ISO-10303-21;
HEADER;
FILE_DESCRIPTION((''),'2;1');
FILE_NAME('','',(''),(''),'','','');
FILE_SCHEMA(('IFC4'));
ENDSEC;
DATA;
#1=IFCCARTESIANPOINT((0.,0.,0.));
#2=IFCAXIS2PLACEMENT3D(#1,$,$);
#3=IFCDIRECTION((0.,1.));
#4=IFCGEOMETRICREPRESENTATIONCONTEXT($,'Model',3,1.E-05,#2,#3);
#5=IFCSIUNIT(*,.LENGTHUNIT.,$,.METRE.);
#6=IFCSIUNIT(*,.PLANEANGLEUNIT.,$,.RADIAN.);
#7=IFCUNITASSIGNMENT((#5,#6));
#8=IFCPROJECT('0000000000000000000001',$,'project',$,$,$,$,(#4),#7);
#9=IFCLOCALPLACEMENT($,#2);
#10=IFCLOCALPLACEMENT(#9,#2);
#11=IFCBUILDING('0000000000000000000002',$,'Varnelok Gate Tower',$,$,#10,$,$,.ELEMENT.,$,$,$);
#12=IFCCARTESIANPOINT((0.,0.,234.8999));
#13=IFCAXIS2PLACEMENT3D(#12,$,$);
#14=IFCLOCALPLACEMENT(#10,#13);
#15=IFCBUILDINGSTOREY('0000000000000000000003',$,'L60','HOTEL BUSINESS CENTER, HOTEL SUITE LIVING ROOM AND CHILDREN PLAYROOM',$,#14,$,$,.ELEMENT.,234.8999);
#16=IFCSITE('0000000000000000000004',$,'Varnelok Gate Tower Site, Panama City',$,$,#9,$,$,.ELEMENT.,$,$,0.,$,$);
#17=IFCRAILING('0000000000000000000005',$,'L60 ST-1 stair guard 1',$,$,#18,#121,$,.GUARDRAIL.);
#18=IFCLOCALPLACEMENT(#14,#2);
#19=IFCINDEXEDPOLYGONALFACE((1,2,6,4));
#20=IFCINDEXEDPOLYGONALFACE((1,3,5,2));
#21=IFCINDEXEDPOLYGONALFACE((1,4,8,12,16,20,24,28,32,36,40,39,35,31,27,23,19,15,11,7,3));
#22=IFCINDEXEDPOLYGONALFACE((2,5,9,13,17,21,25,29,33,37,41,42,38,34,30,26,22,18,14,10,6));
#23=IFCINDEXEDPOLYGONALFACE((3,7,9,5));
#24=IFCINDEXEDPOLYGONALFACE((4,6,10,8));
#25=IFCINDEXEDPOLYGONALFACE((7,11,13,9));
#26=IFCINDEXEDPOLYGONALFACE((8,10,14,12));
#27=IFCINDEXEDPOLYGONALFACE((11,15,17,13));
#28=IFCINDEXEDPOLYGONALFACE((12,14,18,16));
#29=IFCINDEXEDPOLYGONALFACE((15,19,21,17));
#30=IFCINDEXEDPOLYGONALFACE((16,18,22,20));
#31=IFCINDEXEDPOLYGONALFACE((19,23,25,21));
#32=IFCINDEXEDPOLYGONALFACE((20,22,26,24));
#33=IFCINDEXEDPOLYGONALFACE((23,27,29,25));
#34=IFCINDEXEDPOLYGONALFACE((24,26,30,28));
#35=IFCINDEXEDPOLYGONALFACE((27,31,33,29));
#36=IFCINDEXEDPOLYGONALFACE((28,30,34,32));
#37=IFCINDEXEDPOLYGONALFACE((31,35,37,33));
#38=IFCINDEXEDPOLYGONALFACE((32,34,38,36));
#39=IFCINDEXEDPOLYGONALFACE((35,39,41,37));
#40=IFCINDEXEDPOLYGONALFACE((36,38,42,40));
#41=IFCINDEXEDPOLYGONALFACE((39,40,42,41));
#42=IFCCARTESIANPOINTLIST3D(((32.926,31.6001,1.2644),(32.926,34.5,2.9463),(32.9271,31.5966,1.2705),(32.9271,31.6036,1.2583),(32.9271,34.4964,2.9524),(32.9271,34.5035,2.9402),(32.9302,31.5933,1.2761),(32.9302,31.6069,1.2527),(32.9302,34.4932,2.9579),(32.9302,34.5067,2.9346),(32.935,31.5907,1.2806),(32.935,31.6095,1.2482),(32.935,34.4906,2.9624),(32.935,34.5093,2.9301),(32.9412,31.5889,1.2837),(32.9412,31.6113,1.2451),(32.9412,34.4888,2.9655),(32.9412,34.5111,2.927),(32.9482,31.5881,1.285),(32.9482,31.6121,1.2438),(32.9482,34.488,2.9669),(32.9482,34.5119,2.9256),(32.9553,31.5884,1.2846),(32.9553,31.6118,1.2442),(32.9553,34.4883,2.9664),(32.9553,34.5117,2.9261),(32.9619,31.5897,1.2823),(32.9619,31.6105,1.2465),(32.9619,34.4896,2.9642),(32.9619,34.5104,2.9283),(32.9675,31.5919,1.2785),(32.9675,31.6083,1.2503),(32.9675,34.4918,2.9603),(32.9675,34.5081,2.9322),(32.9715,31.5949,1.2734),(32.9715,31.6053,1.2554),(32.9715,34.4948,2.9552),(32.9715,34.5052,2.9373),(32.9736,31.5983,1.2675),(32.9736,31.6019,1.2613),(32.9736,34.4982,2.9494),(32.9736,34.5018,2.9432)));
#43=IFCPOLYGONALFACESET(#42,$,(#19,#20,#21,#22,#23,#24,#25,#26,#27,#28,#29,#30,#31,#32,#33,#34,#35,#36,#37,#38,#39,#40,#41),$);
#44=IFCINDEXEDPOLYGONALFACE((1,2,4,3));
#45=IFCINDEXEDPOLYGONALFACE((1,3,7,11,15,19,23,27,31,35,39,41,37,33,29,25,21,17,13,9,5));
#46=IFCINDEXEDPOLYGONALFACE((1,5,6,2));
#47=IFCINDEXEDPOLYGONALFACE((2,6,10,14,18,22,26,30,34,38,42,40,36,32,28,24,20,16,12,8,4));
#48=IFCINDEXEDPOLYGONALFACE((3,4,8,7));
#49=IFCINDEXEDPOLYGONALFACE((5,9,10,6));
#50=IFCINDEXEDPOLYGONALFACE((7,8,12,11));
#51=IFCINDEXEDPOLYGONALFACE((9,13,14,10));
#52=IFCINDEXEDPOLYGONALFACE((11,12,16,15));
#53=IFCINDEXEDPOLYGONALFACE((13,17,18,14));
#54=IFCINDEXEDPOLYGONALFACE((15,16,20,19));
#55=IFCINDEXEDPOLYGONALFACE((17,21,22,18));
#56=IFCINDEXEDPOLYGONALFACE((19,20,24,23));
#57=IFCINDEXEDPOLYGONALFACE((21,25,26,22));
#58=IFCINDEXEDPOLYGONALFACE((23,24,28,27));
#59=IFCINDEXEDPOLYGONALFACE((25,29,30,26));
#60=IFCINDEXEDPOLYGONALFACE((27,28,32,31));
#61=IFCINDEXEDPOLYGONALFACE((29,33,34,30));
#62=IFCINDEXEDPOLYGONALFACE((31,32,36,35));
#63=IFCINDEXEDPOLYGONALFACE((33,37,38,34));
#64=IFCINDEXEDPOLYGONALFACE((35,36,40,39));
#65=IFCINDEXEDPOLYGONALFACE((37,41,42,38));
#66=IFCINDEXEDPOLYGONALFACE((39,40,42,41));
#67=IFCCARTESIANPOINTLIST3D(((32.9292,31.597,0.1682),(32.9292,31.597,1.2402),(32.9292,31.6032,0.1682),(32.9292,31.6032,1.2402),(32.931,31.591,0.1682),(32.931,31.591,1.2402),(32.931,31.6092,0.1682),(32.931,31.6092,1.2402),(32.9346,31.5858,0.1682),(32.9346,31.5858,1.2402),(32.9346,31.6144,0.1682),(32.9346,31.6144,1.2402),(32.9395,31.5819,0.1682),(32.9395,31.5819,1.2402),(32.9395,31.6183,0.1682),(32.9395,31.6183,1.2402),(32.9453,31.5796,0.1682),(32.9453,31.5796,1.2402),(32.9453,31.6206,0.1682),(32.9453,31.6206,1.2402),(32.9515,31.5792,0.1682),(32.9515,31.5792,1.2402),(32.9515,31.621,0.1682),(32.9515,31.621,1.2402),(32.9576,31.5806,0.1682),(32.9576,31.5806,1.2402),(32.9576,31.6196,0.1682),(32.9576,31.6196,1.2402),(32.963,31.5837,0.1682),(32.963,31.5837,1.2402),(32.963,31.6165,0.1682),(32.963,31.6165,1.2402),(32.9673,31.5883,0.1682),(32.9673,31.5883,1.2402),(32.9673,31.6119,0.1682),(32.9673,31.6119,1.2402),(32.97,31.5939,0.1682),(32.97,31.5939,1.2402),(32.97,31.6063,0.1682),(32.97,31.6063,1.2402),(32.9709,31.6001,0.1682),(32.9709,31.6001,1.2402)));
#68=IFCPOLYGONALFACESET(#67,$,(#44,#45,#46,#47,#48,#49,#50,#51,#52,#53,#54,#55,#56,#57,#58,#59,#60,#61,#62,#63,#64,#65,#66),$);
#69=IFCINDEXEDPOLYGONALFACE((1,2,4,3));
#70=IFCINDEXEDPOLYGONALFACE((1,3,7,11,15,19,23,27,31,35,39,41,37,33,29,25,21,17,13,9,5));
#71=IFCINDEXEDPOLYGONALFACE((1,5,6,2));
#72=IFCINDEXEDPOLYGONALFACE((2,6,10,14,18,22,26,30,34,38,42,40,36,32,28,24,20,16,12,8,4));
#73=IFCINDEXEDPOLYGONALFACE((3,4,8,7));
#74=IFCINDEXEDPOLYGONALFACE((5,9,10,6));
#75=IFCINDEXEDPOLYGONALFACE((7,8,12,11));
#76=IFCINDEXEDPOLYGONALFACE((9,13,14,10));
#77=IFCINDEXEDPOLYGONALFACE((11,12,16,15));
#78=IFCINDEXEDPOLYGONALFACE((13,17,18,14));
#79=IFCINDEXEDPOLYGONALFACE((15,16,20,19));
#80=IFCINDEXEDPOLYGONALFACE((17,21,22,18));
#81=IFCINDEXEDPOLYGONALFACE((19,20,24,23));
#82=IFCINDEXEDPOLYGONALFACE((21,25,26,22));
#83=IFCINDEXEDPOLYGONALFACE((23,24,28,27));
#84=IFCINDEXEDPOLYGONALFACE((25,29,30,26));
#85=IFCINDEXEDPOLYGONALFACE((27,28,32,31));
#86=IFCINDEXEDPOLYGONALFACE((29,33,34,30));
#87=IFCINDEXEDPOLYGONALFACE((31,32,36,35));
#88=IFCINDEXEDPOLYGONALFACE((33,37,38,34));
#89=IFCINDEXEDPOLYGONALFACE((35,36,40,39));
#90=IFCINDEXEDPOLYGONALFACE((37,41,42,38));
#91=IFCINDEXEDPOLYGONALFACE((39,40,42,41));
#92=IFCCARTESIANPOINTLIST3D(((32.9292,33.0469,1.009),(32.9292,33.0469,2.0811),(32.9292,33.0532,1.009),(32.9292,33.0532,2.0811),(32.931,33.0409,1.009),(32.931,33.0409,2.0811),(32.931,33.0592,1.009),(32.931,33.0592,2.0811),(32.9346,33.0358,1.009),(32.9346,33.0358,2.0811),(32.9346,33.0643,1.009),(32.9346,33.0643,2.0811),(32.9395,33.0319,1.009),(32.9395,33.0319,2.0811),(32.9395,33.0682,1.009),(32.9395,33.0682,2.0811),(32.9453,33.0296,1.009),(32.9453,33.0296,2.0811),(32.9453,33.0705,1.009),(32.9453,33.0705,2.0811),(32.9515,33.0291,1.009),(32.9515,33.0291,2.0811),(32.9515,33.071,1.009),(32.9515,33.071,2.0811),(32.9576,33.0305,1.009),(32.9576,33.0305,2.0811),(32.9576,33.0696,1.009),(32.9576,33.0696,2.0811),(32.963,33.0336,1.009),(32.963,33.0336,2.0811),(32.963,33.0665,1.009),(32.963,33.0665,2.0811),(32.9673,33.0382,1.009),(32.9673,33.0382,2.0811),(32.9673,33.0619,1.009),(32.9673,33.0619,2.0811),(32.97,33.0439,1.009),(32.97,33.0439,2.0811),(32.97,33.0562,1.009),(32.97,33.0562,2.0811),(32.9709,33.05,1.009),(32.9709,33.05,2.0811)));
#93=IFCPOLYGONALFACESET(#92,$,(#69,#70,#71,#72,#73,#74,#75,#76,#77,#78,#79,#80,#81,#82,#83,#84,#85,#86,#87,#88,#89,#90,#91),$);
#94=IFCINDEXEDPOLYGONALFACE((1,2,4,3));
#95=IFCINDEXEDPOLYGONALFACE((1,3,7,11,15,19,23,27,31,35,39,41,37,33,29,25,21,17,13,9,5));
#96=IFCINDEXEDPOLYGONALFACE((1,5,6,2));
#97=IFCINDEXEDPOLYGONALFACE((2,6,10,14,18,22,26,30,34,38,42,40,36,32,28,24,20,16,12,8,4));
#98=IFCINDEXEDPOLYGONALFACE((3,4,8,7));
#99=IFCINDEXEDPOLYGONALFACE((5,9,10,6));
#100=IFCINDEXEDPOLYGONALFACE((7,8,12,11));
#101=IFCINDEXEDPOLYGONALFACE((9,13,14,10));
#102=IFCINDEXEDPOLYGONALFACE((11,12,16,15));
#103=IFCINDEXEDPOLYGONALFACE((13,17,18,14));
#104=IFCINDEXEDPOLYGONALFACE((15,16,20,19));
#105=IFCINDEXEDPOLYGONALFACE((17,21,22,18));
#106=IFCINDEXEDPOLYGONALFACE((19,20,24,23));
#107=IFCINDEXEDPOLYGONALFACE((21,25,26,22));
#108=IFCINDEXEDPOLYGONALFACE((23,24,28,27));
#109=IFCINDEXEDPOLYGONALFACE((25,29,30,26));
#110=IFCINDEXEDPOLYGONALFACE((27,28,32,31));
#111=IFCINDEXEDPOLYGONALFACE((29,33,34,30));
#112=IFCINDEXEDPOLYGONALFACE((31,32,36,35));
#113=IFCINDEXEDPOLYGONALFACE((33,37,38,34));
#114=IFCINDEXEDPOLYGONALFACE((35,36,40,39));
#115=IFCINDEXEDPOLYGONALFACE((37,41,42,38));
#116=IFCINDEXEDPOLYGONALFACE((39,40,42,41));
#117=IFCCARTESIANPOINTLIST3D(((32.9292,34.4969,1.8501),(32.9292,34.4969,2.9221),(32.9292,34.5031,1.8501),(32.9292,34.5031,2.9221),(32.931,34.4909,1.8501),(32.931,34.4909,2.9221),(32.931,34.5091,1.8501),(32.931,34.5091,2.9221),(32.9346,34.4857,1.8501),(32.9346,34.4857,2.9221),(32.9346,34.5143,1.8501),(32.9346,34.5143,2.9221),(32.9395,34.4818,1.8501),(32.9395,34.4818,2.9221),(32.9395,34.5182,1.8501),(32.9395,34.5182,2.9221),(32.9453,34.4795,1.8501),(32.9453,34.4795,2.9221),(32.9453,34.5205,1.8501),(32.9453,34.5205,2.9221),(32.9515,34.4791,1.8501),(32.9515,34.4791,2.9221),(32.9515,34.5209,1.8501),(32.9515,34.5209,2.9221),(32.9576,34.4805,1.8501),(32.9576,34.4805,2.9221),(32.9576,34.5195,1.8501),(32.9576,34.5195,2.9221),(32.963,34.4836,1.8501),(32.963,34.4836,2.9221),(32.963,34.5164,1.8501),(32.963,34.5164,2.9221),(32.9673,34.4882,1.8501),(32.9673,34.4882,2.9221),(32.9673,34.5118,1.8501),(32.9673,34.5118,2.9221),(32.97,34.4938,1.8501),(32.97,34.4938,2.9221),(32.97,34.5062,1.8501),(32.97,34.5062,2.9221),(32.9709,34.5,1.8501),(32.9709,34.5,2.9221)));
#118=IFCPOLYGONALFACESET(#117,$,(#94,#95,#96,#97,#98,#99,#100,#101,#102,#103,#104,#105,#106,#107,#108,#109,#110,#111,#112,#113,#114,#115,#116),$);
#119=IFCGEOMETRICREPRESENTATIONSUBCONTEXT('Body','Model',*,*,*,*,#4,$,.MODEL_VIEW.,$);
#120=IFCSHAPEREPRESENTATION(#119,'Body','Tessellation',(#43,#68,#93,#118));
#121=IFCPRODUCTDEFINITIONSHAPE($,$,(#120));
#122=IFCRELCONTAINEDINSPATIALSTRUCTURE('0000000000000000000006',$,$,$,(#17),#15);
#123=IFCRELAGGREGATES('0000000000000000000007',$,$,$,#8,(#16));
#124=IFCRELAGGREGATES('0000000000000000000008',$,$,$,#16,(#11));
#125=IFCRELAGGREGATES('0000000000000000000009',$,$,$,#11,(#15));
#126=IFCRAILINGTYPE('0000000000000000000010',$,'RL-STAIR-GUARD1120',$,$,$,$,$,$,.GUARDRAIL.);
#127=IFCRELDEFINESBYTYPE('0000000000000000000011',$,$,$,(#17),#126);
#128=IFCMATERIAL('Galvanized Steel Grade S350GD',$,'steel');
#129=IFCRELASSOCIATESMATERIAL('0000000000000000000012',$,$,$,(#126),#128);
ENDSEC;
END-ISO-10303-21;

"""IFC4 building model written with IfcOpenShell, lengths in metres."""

from ifc_helpers import new_model, si_unit, direction, frame, origin, origin_2d, place, context, subcontext, project, spatial, circle, extrude, material, type_object, element, save


model = new_model("IFC4")

# Units and contexts
model_context = context("Model", 3, precision=1e-05, world=origin(), true_north=direction((0.0, 1.0)))
body_context = subcontext(model_context, "Body", "Model", "MODEL_VIEW")
ifc_project = project(units=[si_unit("LENGTHUNIT", "METRE"), si_unit("PLANEANGLEUNIT", "RADIAN")], contexts=[model_context])

# Site, building, storey
site_placement = place(None, origin())
site = spatial("IfcSite", under=ifc_project, at=site_placement, Name="Varnelok Gate Tower Site, Panama City", CompositionType="ELEMENT", RefElevation=0.0)
building_placement = place(site_placement, origin())
building = spatial("IfcBuilding", under=site, at=building_placement, Name="Varnelok Gate Tower", CompositionType="ELEMENT")
storey_placement = place(building_placement, frame((0.0, 0.0, 234.8999)))
storey = spatial("IfcBuildingStorey", under=building, at=storey_placement, Name="L60", Description="HOTEL BUSINESS CENTER, HOTEL SUITE LIVING ROOM AND CHILDREN PLAYROOM", CompositionType="ELEMENT", Elevation=234.8999)

# Shared definitions
ifc_material_1 = material(Name="Galvanized Steel Grade S350GD", Category="steel")

# Railing
railing_type_1 = type_object("IfcRailingType", Name="RL-STAIR-GUARD1120", PredefinedType="GUARDRAIL", material=ifc_material_1)
railing_1_placement = place(storey_placement, frame((32.95, 31.6001, 0.1682)))
element("IfcRailing", 1, at=railing_1_placement, inside=storey, type_object=railing_type_1, Name="L60 ST-1 stair guard 1", PredefinedType="GUARDRAIL", context=body_context, shape_type="SweptSolid", body=[
    extrude(circle(Radius=0.0239, at=origin_2d()), frame((0.0, 0.0, 1.0962), z_axis=(0.0, 0.865039, 0.501705), x_axis=(-1.0, 0.0, 0.0)), (0.0, 0.0, 1.0), 3.3523),
    extrude(circle(Radius=0.021, at=origin_2d()), origin(), (0.0, 0.0, 1.0), 1.072),
    extrude(circle(Radius=0.021, at=origin_2d()), frame((0.0, 1.45, 0.8408)), (0.0, 0.0, 1.0), 1.072),
    extrude(circle(Radius=0.021, at=origin_2d()), frame((0.0, 2.8999, 1.6819)), (0.0, 0.0, 1.0), 1.072),
])

save(model, "model.ifc")
